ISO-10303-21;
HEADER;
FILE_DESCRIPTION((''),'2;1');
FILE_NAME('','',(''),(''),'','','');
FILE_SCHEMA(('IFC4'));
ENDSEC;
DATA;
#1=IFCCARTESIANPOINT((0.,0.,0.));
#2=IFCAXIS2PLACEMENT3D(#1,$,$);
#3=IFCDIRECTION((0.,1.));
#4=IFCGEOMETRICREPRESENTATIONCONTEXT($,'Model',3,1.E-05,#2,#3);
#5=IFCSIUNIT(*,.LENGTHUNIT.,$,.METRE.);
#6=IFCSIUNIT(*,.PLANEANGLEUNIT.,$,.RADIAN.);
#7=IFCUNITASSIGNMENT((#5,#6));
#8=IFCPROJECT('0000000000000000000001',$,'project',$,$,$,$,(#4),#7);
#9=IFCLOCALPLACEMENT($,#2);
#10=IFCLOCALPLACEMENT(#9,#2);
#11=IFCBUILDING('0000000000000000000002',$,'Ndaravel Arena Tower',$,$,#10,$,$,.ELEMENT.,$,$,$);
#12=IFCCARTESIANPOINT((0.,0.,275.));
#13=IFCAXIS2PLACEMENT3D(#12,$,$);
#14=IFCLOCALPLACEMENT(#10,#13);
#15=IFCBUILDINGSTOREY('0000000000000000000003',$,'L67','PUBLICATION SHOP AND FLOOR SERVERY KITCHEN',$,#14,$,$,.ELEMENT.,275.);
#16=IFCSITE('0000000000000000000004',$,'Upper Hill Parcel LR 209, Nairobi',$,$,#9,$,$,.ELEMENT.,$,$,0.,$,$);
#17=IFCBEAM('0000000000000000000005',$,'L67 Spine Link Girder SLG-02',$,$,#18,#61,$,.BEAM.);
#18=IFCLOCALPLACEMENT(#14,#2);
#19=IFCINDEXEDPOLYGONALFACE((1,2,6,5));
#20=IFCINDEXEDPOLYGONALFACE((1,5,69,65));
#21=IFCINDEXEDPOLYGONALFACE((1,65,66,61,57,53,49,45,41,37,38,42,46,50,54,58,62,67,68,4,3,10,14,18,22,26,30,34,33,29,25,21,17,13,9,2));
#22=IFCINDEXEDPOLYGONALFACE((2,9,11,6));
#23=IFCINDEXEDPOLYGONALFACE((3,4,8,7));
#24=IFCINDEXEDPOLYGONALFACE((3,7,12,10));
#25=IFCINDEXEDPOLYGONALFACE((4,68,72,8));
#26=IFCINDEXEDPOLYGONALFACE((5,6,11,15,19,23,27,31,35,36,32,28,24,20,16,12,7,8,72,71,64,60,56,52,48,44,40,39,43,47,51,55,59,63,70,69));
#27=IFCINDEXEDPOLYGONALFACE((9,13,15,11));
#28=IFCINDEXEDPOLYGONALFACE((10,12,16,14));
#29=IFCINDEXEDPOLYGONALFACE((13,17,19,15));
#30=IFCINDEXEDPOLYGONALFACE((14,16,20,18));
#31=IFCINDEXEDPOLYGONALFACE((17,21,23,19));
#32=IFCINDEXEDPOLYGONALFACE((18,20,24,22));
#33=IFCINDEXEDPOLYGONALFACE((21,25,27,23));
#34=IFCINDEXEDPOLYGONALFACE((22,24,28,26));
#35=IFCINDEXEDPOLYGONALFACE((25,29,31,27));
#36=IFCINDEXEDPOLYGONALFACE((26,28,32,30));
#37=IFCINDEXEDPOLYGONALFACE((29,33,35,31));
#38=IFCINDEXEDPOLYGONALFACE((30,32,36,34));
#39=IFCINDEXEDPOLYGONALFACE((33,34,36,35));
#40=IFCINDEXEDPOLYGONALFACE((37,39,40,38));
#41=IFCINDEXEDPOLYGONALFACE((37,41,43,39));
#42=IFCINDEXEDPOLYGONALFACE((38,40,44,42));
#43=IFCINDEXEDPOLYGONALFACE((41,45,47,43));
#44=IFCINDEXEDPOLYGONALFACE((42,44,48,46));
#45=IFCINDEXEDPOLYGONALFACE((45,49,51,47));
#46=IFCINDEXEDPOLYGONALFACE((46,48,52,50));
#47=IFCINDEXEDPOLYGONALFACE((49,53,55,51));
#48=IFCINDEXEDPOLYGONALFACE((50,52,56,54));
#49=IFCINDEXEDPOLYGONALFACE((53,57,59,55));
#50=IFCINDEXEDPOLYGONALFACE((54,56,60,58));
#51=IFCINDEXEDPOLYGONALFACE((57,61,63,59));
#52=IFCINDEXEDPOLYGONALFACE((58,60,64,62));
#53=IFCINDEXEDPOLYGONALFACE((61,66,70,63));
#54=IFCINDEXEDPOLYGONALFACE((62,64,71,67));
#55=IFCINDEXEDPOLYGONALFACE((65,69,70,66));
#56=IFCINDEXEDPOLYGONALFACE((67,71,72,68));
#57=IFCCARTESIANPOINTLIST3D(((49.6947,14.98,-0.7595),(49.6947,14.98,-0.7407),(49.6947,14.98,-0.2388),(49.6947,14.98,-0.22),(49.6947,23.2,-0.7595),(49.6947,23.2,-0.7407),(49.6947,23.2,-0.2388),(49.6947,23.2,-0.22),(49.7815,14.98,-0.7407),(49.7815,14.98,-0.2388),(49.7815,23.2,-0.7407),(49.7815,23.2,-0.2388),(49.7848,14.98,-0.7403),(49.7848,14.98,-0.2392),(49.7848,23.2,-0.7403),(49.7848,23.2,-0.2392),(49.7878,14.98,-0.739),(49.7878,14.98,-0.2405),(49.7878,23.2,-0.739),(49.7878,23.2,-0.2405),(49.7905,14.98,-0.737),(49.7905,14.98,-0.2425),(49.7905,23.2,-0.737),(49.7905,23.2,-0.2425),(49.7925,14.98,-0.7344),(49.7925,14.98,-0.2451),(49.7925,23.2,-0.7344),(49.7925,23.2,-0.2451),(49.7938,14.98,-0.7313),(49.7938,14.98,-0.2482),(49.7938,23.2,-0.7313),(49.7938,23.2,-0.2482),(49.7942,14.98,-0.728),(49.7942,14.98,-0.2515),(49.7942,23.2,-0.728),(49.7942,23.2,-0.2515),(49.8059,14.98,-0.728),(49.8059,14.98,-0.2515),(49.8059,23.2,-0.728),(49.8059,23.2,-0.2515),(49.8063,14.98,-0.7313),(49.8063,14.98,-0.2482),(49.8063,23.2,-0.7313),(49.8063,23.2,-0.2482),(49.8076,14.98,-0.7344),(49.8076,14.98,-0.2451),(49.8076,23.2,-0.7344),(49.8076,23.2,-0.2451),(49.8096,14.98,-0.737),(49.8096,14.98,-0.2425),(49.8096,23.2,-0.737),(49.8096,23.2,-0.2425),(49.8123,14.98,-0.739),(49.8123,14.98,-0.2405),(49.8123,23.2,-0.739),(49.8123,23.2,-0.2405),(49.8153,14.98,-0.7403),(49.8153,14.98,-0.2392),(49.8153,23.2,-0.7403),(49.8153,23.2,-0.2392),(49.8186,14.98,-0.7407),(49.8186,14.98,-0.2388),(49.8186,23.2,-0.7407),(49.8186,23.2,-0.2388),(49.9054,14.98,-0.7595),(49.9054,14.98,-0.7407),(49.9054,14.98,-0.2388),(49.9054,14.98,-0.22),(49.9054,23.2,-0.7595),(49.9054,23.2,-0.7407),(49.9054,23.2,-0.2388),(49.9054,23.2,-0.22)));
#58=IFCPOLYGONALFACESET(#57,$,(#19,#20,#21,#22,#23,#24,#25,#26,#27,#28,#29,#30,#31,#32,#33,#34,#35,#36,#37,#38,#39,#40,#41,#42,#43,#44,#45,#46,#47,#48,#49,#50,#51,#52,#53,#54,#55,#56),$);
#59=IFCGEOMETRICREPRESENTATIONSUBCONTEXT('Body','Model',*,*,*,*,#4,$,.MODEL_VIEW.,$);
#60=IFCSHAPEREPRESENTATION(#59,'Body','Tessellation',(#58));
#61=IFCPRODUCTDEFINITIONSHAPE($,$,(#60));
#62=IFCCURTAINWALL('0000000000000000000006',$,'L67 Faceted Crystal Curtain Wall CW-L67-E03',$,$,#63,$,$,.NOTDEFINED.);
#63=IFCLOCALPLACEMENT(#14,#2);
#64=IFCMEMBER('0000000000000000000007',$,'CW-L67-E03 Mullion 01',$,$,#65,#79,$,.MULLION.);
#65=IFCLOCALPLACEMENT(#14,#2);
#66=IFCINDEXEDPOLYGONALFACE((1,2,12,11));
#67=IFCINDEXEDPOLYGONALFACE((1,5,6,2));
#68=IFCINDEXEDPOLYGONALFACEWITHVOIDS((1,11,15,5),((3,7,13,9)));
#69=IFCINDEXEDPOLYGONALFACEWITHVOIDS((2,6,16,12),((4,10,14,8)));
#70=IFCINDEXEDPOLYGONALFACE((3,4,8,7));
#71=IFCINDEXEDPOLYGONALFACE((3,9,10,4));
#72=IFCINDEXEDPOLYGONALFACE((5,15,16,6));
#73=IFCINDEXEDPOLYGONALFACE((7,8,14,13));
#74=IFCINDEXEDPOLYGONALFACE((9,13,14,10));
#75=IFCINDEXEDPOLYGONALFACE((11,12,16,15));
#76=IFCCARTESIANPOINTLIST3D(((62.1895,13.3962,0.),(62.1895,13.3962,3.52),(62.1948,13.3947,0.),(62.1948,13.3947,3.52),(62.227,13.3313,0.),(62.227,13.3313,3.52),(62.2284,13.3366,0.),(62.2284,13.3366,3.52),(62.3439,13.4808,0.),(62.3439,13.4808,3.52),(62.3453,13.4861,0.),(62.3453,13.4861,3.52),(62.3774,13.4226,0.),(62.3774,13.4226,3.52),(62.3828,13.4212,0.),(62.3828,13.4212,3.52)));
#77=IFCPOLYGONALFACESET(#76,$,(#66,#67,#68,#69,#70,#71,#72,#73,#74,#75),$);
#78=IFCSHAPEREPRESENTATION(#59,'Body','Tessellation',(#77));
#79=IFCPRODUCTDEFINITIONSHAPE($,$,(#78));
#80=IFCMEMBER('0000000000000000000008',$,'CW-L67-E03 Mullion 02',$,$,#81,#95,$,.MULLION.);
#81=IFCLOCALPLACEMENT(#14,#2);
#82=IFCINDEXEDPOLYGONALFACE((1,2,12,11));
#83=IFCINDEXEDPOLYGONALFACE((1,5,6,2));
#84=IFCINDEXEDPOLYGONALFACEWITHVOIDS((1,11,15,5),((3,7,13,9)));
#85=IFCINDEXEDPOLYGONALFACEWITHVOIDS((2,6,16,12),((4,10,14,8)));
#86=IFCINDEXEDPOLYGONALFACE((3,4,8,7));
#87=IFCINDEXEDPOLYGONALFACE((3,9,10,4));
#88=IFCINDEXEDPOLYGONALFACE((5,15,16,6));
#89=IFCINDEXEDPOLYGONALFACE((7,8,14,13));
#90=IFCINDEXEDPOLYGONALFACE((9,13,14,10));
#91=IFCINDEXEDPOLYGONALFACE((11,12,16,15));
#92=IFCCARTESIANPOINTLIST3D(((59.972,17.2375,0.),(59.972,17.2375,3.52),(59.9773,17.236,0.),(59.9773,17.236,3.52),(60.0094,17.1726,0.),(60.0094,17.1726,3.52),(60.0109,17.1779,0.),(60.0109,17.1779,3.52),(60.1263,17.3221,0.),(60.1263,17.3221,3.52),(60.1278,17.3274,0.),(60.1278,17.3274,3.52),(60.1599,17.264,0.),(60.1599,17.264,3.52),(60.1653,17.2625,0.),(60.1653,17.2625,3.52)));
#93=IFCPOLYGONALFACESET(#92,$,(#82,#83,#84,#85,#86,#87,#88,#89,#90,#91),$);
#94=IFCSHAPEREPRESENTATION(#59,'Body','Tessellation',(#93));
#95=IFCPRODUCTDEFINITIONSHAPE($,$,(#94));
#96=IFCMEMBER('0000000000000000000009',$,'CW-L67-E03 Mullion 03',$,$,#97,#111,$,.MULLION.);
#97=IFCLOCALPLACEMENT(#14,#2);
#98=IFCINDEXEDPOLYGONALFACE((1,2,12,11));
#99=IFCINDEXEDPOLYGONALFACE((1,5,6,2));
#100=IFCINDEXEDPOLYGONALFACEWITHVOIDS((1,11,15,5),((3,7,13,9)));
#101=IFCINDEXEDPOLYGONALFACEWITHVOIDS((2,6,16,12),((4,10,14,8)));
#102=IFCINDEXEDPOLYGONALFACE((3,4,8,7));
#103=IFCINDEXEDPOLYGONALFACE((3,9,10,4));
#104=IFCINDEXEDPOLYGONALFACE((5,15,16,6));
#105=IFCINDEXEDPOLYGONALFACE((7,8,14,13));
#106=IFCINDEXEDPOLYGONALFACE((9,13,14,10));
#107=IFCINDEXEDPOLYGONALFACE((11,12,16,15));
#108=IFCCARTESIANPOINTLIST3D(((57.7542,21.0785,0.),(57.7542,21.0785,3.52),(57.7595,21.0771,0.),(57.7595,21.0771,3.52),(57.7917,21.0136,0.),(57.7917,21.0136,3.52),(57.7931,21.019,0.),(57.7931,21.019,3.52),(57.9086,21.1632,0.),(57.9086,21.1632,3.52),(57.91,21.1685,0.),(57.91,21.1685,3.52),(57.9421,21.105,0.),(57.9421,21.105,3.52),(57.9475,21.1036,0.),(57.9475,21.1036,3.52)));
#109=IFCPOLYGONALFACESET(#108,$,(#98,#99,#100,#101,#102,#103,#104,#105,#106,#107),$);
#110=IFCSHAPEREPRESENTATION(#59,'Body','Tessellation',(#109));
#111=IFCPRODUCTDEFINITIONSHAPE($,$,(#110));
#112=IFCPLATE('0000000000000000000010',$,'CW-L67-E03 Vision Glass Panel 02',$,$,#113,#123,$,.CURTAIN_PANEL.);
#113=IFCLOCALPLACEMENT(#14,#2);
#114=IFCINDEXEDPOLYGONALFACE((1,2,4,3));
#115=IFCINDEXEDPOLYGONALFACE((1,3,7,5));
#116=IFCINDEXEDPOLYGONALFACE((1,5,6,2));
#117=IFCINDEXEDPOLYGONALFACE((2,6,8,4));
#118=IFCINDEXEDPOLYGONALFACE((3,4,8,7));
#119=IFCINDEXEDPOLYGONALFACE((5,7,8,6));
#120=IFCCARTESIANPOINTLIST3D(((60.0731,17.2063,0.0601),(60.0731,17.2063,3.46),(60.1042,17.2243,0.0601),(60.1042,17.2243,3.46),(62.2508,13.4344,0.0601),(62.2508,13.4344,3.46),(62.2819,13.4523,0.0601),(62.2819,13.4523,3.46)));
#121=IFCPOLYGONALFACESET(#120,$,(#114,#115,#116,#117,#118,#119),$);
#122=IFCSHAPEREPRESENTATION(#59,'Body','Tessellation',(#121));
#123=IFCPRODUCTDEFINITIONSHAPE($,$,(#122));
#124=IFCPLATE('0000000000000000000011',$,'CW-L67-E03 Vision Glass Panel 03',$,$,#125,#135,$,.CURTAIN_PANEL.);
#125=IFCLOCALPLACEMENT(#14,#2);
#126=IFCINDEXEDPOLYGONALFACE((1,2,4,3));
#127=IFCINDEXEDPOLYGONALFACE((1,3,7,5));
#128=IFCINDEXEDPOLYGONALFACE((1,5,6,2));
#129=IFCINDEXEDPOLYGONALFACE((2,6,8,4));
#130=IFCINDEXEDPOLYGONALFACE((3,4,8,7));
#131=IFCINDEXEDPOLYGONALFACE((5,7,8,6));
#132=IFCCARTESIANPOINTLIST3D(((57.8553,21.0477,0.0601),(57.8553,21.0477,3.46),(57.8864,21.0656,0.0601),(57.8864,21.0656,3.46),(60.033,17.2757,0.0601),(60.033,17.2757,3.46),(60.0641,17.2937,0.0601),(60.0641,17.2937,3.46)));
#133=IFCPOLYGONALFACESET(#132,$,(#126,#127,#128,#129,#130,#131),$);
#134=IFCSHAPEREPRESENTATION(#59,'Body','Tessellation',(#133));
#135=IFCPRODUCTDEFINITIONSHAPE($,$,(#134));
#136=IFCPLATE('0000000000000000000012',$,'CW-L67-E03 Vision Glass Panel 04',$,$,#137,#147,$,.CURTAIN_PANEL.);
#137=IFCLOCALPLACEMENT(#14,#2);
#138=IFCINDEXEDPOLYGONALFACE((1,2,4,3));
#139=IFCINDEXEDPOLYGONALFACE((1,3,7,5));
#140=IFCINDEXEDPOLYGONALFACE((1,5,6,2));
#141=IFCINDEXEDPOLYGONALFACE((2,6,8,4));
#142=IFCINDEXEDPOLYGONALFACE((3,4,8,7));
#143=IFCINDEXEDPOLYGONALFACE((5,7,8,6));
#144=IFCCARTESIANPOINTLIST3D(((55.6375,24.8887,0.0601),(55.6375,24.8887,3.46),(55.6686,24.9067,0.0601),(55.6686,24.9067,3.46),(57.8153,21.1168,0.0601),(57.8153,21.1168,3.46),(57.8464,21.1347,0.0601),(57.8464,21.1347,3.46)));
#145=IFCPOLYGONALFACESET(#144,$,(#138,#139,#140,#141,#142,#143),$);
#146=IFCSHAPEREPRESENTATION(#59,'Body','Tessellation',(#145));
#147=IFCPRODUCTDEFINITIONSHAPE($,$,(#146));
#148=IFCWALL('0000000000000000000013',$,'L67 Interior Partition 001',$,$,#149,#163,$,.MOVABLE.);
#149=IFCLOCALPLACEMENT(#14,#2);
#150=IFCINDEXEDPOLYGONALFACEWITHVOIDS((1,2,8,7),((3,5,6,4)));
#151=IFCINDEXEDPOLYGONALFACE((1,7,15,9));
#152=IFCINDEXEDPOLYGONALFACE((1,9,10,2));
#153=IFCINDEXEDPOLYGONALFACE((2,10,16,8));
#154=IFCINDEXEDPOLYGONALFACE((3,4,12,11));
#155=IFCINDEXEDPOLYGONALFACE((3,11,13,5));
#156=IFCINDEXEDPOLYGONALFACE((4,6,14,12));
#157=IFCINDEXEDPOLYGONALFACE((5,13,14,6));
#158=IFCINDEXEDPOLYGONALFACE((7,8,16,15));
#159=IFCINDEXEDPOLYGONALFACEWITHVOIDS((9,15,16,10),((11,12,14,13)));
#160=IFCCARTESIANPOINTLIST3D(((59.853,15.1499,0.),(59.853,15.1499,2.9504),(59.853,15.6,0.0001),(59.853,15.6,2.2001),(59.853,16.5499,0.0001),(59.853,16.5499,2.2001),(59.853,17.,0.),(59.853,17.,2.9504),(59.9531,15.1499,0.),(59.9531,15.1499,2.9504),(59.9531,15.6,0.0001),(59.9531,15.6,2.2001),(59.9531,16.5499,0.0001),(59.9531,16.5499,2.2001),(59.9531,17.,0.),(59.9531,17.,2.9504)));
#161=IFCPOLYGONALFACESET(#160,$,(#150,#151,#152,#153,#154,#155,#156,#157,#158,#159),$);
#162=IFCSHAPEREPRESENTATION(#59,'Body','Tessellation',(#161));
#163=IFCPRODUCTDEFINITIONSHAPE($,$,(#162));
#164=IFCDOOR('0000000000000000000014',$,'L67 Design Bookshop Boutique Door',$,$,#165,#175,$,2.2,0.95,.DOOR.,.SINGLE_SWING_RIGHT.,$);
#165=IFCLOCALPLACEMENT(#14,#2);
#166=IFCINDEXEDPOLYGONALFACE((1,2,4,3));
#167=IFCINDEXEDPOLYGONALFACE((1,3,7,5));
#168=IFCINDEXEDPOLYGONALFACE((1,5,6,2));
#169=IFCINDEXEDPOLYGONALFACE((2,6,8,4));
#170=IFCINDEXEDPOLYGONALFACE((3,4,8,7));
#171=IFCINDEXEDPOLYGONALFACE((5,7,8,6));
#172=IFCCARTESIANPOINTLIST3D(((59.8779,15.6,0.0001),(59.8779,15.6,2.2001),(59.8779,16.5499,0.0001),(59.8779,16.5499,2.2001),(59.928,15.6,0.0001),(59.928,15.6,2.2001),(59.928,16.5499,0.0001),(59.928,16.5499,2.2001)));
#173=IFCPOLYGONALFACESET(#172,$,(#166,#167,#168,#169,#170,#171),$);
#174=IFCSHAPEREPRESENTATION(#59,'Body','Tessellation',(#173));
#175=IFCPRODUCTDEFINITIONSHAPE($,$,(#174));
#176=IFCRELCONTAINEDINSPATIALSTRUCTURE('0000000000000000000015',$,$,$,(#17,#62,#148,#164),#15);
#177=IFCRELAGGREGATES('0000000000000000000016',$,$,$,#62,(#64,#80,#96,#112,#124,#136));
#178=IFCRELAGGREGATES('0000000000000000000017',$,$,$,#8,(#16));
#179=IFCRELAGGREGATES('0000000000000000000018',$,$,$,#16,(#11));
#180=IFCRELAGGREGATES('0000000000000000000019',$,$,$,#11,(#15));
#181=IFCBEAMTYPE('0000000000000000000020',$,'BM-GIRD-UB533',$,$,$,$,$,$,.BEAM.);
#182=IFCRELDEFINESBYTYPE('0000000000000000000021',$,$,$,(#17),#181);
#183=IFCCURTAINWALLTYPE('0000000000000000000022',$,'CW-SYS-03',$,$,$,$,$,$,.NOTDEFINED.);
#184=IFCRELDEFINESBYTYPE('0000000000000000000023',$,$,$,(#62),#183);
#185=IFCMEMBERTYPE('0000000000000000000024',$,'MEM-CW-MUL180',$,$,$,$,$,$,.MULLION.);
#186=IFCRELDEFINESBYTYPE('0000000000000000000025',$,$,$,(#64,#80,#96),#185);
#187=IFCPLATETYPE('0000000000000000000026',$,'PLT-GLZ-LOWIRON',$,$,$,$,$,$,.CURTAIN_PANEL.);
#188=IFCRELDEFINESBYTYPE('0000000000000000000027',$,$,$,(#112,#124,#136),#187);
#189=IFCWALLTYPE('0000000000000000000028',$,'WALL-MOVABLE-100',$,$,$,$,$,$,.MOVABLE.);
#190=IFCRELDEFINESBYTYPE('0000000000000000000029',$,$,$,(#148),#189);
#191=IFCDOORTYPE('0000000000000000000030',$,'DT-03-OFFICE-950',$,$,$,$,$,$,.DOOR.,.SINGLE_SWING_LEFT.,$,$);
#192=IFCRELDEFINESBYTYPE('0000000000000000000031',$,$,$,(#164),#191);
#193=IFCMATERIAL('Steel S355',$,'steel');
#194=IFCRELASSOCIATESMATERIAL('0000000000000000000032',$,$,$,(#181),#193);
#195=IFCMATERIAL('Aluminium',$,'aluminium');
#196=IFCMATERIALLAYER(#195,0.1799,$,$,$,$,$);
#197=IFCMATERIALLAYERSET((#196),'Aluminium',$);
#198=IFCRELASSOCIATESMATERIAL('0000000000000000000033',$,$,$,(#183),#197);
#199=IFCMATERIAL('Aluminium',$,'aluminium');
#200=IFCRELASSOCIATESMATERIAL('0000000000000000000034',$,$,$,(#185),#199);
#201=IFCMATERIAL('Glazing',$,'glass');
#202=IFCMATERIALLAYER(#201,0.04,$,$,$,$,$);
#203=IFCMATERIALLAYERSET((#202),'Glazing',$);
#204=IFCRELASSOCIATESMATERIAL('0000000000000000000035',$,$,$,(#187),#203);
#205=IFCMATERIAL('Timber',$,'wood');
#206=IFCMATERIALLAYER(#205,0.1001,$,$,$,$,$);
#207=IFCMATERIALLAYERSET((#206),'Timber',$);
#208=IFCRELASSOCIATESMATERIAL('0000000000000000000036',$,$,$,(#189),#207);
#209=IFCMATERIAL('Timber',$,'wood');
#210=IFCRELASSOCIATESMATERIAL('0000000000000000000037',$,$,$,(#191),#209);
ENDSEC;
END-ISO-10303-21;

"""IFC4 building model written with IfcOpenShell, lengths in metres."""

from ifc_helpers import new_model, si_unit, direction, frame, frame_2d, origin, origin_2d, place, context, subcontext, project, spatial, rectangle, hollow_rectangle, i_section, extrude, material, layer, layer_set, material_profile, profile_set, type_object, element, fill, aggregate, save


model = new_model("IFC4")

# Units and contexts
model_context = context("Model", 3, precision=1e-05, world=origin(), true_north=direction((0.0, 1.0)))
body_context = subcontext(model_context, "Body", "Model", "MODEL_VIEW")
ifc_project = project(units=[si_unit("LENGTHUNIT", "METRE"), si_unit("PLANEANGLEUNIT", "RADIAN")], contexts=[model_context])

# Site, building, storey
site_placement = place(None, origin())
site = spatial("IfcSite", under=ifc_project, at=site_placement, Name="Upper Hill Parcel LR 209, Nairobi", CompositionType="ELEMENT", RefElevation=0.0)
building_placement = place(site_placement, origin())
building = spatial("IfcBuilding", under=site, at=building_placement, Name="Ndaravel Arena Tower", CompositionType="ELEMENT")
storey_placement = place(building_placement, frame((0.0, 0.0, 275.0)))
storey = spatial("IfcBuildingStorey", under=building, at=storey_placement, Name="L67", Description="PUBLICATION SHOP AND FLOOR SERVERY KITCHEN", CompositionType="ELEMENT", Elevation=275.0)

# Beam
ifc_material_1 = material(Name="Steel S355", Category="steel")
ifc_material_profile_1 = material_profile(ifc_material_1, i_section(OverallWidth=0.2107, OverallDepth=0.5396, WebThickness=0.0117, FlangeThickness=0.0188, FilletRadius=0.0127, at=origin_2d()), Name="UB 533x210x109")
ifc_profile_set_1 = profile_set([ifc_material_profile_1], Name="Steel S355")
beam_type = type_object("IfcBeamType", Name="BM-GIRD-UB533", PredefinedType="BEAM", material=ifc_profile_set_1)
beam_placement = place(storey_placement, frame((49.8, 14.98, -0.4897), z_axis=(0.0, 1.0, 0.0), x_axis=(-1.0, 0.0, 0.0)))
element("IfcBeam", 1, at=beam_placement, inside=storey, type_object=beam_type, Name="L67 Spine Link Girder SLG-02", PredefinedType="BEAM", context=body_context, shape_type="SweptSolid", body=[
    extrude(i_section(OverallWidth=0.2107, OverallDepth=0.5396, WebThickness=0.0117, FlangeThickness=0.0188, FilletRadius=0.0127, at=origin_2d()), origin(), (0.0, 0.0, 1.0), 8.22),
])

# Curtain wall, members, plates
ifc_material_2 = material(Name="Aluminium", Category="aluminium")
ifc_layer_1 = layer(ifc_material_2, 0.1799)
ifc_layer_set_1 = layer_set([ifc_layer_1], Name="Aluminium")
curtain_wall_type = type_object("IfcCurtainWallType", Name="CW-SYS-03", PredefinedType="NOTDEFINED", material=ifc_layer_set_1)
curtain_wall_placement = place(storey_placement, origin())
curtain_wall = element("IfcCurtainWall", 2, at=curtain_wall_placement, inside=storey, type_object=curtain_wall_type, Name="L67 Faceted Crystal Curtain Wall CW-L67-E03", PredefinedType="NOTDEFINED")
ifc_material_3 = material(Name="Aluminium", Category="aluminium")
ifc_material_profile_2 = material_profile(ifc_material_3, hollow_rectangle(XDim=0.075, YDim=0.1799, WallThickness=0.0039, at=origin_2d()), Name="CW MULLION 75x180x4")
ifc_profile_set_2 = profile_set([ifc_material_profile_2], Name="Aluminium")
member_type = type_object("IfcMemberType", Name="MEM-CW-MUL180", PredefinedType="MULLION", material=ifc_profile_set_2)
member_1_placement = place(storey_placement, frame((62.2861, 13.4087, 0.0), z_axis=(0.0, 0.0, 1.0), x_axis=(-0.5, 0.866025, 0.0)))
member_1 = element("IfcMember", 3, at=member_1_placement, type_object=member_type, Name="CW-L67-E03 Mullion 01", PredefinedType="MULLION", context=body_context, shape_type="SweptSolid", body=[
    extrude(hollow_rectangle(XDim=0.075, YDim=0.1799, WallThickness=0.0039, at=origin_2d()), origin(), (0.0, 0.0, 1.0), 3.52),
])
member_2_placement = place(storey_placement, frame((60.0686, 17.25, 0.0), z_axis=(0.0, 0.0, 1.0), x_axis=(-0.5, 0.866025, 0.0)))
member_2 = element("IfcMember", 4, at=member_2_placement, type_object=member_type, Name="CW-L67-E03 Mullion 02", PredefinedType="MULLION", context=body_context, shape_type="SweptSolid", body=[
    extrude(hollow_rectangle(XDim=0.075, YDim=0.1799, WallThickness=0.0039, at=origin_2d()), origin(), (0.0, 0.0, 1.0), 3.52),
])
member_3_placement = place(storey_placement, frame((57.8508, 21.0911, 0.0), z_axis=(0.0, 0.0, 1.0), x_axis=(-0.5, 0.866025, 0.0)))
member_3 = element("IfcMember", 5, at=member_3_placement, type_object=member_type, Name="CW-L67-E03 Mullion 03", PredefinedType="MULLION", context=body_context, shape_type="SweptSolid", body=[
    extrude(hollow_rectangle(XDim=0.075, YDim=0.1799, WallThickness=0.0039, at=origin_2d()), origin(), (0.0, 0.0, 1.0), 3.52),
])
ifc_material_4 = material(Name="Glazing", Category="glass")
ifc_layer_2 = layer(ifc_material_4, 0.04)
ifc_layer_set_2 = layer_set([ifc_layer_2], Name="Glazing")
plate_type = type_object("IfcPlateType", Name="PLT-GLZ-LOWIRON", PredefinedType="CURTAIN_PANEL", material=ifc_layer_set_2)
plate_1_placement = place(storey_placement, frame((61.1775, 15.3293, 0.0601), z_axis=(0.0, 0.0, 1.0), x_axis=(-0.5, 0.866025, 0.0)))
plate_1 = element("IfcPlate", 6, at=plate_1_placement, type_object=plate_type, Name="CW-L67-E03 Vision Glass Panel 02", PredefinedType="CURTAIN_PANEL", context=body_context, shape_type="SweptSolid", body=[
    extrude(rectangle(XDim=4.3555, YDim=0.0359, at=origin_2d()), origin(), (0.0, 0.0, 1.0), 3.3999),
])
plate_2_placement = place(storey_placement, frame((58.9597, 19.1707, 0.0601), z_axis=(0.0, 0.0, 1.0), x_axis=(-0.5, 0.866025, 0.0)))
plate_2 = element("IfcPlate", 7, at=plate_2_placement, type_object=plate_type, Name="CW-L67-E03 Vision Glass Panel 03", PredefinedType="CURTAIN_PANEL", context=body_context, shape_type="SweptSolid", body=[
    extrude(rectangle(XDim=4.3555, YDim=0.0359, at=origin_2d()), origin(), (0.0, 0.0, 1.0), 3.3999),
])
plate_3_placement = place(storey_placement, frame((56.7419, 23.0117, 0.0601), z_axis=(0.0, 0.0, 1.0), x_axis=(-0.5, 0.866025, 0.0)))
plate_3 = element("IfcPlate", 8, at=plate_3_placement, type_object=plate_type, Name="CW-L67-E03 Vision Glass Panel 04", PredefinedType="CURTAIN_PANEL", context=body_context, shape_type="SweptSolid", body=[
    extrude(rectangle(XDim=4.3555, YDim=0.0359, at=origin_2d()), origin(), (0.0, 0.0, 1.0), 3.3999),
])
aggregate(curtain_wall, [member_1, member_2, member_3, plate_1, plate_2, plate_3])

# Wall, opening, door
ifc_material_5 = material(Name="Timber", Category="wood")
ifc_layer_3 = layer(ifc_material_5, 0.1001)
ifc_layer_set_3 = layer_set([ifc_layer_3], Name="Timber")
wall_type_1 = type_object("IfcWallType", Name="WALL-MOVABLE-100", PredefinedType="MOVABLE", material=ifc_layer_set_3)
wall_1_placement = place(storey_placement, frame((59.9031, 17.0, 0.0), z_axis=(0.0, 0.0, 1.0), x_axis=(0.0, -1.0, 0.0)))
wall_1 = element("IfcWall", 9, at=wall_1_placement, inside=storey, type_object=wall_type_1, Name="L67 Interior Partition 001", PredefinedType="MOVABLE", context=body_context, shape_type="SweptSolid", body=[
    extrude(rectangle(XDim=1.8501, YDim=0.1001, at=frame_2d((0.925, 0.0))), origin(), (0.0, 0.0, 1.0), 2.9504),
])
opening_1_placement = place(wall_1_placement, frame((0.45, 0.0, 0.0)))
opening_1 = element("IfcOpeningElement", 10, at=opening_1_placement, cuts=wall_1, PredefinedType="OPENING", context=body_context, shape_type="SweptSolid", body=[
    extrude(rectangle(XDim=0.95, YDim=2.2, at=frame_2d((0.4751, 1.1001))), frame((0.0, 0.05, 0.0), z_axis=(0.0, -1.0, 0.0), x_axis=(1.0, 0.0, 0.0)), (0.0, 0.0, 1.0), 0.1001),
])
ifc_material_6 = material(Name="Timber", Category="wood")
door_type_1 = type_object("IfcDoorType", Name="DT-03-OFFICE-950", OperationType="SINGLE_SWING_LEFT", PredefinedType="DOOR", material=ifc_material_6)
door_1_placement = place(opening_1_placement, origin())
door_1 = element("IfcDoor", 11, at=door_1_placement, inside=storey, type_object=door_type_1, Name="L67 Design Bookshop Boutique Door", OperationType="SINGLE_SWING_RIGHT", OverallHeight=2.2, OverallWidth=0.95, PredefinedType="DOOR", context=body_context, shape_type="SweptSolid", body=[
    extrude(rectangle(XDim=0.95, YDim=2.2, at=frame_2d((0.4751, 1.1001))), frame((0.0, 0.0249, 0.0), z_axis=(0.0, -1.0, 0.0), x_axis=(1.0, 0.0, 0.0)), (0.0, 0.0, 1.0), 0.05),
])
fill(opening_1, door_1)

save(model, "model.ifc")
